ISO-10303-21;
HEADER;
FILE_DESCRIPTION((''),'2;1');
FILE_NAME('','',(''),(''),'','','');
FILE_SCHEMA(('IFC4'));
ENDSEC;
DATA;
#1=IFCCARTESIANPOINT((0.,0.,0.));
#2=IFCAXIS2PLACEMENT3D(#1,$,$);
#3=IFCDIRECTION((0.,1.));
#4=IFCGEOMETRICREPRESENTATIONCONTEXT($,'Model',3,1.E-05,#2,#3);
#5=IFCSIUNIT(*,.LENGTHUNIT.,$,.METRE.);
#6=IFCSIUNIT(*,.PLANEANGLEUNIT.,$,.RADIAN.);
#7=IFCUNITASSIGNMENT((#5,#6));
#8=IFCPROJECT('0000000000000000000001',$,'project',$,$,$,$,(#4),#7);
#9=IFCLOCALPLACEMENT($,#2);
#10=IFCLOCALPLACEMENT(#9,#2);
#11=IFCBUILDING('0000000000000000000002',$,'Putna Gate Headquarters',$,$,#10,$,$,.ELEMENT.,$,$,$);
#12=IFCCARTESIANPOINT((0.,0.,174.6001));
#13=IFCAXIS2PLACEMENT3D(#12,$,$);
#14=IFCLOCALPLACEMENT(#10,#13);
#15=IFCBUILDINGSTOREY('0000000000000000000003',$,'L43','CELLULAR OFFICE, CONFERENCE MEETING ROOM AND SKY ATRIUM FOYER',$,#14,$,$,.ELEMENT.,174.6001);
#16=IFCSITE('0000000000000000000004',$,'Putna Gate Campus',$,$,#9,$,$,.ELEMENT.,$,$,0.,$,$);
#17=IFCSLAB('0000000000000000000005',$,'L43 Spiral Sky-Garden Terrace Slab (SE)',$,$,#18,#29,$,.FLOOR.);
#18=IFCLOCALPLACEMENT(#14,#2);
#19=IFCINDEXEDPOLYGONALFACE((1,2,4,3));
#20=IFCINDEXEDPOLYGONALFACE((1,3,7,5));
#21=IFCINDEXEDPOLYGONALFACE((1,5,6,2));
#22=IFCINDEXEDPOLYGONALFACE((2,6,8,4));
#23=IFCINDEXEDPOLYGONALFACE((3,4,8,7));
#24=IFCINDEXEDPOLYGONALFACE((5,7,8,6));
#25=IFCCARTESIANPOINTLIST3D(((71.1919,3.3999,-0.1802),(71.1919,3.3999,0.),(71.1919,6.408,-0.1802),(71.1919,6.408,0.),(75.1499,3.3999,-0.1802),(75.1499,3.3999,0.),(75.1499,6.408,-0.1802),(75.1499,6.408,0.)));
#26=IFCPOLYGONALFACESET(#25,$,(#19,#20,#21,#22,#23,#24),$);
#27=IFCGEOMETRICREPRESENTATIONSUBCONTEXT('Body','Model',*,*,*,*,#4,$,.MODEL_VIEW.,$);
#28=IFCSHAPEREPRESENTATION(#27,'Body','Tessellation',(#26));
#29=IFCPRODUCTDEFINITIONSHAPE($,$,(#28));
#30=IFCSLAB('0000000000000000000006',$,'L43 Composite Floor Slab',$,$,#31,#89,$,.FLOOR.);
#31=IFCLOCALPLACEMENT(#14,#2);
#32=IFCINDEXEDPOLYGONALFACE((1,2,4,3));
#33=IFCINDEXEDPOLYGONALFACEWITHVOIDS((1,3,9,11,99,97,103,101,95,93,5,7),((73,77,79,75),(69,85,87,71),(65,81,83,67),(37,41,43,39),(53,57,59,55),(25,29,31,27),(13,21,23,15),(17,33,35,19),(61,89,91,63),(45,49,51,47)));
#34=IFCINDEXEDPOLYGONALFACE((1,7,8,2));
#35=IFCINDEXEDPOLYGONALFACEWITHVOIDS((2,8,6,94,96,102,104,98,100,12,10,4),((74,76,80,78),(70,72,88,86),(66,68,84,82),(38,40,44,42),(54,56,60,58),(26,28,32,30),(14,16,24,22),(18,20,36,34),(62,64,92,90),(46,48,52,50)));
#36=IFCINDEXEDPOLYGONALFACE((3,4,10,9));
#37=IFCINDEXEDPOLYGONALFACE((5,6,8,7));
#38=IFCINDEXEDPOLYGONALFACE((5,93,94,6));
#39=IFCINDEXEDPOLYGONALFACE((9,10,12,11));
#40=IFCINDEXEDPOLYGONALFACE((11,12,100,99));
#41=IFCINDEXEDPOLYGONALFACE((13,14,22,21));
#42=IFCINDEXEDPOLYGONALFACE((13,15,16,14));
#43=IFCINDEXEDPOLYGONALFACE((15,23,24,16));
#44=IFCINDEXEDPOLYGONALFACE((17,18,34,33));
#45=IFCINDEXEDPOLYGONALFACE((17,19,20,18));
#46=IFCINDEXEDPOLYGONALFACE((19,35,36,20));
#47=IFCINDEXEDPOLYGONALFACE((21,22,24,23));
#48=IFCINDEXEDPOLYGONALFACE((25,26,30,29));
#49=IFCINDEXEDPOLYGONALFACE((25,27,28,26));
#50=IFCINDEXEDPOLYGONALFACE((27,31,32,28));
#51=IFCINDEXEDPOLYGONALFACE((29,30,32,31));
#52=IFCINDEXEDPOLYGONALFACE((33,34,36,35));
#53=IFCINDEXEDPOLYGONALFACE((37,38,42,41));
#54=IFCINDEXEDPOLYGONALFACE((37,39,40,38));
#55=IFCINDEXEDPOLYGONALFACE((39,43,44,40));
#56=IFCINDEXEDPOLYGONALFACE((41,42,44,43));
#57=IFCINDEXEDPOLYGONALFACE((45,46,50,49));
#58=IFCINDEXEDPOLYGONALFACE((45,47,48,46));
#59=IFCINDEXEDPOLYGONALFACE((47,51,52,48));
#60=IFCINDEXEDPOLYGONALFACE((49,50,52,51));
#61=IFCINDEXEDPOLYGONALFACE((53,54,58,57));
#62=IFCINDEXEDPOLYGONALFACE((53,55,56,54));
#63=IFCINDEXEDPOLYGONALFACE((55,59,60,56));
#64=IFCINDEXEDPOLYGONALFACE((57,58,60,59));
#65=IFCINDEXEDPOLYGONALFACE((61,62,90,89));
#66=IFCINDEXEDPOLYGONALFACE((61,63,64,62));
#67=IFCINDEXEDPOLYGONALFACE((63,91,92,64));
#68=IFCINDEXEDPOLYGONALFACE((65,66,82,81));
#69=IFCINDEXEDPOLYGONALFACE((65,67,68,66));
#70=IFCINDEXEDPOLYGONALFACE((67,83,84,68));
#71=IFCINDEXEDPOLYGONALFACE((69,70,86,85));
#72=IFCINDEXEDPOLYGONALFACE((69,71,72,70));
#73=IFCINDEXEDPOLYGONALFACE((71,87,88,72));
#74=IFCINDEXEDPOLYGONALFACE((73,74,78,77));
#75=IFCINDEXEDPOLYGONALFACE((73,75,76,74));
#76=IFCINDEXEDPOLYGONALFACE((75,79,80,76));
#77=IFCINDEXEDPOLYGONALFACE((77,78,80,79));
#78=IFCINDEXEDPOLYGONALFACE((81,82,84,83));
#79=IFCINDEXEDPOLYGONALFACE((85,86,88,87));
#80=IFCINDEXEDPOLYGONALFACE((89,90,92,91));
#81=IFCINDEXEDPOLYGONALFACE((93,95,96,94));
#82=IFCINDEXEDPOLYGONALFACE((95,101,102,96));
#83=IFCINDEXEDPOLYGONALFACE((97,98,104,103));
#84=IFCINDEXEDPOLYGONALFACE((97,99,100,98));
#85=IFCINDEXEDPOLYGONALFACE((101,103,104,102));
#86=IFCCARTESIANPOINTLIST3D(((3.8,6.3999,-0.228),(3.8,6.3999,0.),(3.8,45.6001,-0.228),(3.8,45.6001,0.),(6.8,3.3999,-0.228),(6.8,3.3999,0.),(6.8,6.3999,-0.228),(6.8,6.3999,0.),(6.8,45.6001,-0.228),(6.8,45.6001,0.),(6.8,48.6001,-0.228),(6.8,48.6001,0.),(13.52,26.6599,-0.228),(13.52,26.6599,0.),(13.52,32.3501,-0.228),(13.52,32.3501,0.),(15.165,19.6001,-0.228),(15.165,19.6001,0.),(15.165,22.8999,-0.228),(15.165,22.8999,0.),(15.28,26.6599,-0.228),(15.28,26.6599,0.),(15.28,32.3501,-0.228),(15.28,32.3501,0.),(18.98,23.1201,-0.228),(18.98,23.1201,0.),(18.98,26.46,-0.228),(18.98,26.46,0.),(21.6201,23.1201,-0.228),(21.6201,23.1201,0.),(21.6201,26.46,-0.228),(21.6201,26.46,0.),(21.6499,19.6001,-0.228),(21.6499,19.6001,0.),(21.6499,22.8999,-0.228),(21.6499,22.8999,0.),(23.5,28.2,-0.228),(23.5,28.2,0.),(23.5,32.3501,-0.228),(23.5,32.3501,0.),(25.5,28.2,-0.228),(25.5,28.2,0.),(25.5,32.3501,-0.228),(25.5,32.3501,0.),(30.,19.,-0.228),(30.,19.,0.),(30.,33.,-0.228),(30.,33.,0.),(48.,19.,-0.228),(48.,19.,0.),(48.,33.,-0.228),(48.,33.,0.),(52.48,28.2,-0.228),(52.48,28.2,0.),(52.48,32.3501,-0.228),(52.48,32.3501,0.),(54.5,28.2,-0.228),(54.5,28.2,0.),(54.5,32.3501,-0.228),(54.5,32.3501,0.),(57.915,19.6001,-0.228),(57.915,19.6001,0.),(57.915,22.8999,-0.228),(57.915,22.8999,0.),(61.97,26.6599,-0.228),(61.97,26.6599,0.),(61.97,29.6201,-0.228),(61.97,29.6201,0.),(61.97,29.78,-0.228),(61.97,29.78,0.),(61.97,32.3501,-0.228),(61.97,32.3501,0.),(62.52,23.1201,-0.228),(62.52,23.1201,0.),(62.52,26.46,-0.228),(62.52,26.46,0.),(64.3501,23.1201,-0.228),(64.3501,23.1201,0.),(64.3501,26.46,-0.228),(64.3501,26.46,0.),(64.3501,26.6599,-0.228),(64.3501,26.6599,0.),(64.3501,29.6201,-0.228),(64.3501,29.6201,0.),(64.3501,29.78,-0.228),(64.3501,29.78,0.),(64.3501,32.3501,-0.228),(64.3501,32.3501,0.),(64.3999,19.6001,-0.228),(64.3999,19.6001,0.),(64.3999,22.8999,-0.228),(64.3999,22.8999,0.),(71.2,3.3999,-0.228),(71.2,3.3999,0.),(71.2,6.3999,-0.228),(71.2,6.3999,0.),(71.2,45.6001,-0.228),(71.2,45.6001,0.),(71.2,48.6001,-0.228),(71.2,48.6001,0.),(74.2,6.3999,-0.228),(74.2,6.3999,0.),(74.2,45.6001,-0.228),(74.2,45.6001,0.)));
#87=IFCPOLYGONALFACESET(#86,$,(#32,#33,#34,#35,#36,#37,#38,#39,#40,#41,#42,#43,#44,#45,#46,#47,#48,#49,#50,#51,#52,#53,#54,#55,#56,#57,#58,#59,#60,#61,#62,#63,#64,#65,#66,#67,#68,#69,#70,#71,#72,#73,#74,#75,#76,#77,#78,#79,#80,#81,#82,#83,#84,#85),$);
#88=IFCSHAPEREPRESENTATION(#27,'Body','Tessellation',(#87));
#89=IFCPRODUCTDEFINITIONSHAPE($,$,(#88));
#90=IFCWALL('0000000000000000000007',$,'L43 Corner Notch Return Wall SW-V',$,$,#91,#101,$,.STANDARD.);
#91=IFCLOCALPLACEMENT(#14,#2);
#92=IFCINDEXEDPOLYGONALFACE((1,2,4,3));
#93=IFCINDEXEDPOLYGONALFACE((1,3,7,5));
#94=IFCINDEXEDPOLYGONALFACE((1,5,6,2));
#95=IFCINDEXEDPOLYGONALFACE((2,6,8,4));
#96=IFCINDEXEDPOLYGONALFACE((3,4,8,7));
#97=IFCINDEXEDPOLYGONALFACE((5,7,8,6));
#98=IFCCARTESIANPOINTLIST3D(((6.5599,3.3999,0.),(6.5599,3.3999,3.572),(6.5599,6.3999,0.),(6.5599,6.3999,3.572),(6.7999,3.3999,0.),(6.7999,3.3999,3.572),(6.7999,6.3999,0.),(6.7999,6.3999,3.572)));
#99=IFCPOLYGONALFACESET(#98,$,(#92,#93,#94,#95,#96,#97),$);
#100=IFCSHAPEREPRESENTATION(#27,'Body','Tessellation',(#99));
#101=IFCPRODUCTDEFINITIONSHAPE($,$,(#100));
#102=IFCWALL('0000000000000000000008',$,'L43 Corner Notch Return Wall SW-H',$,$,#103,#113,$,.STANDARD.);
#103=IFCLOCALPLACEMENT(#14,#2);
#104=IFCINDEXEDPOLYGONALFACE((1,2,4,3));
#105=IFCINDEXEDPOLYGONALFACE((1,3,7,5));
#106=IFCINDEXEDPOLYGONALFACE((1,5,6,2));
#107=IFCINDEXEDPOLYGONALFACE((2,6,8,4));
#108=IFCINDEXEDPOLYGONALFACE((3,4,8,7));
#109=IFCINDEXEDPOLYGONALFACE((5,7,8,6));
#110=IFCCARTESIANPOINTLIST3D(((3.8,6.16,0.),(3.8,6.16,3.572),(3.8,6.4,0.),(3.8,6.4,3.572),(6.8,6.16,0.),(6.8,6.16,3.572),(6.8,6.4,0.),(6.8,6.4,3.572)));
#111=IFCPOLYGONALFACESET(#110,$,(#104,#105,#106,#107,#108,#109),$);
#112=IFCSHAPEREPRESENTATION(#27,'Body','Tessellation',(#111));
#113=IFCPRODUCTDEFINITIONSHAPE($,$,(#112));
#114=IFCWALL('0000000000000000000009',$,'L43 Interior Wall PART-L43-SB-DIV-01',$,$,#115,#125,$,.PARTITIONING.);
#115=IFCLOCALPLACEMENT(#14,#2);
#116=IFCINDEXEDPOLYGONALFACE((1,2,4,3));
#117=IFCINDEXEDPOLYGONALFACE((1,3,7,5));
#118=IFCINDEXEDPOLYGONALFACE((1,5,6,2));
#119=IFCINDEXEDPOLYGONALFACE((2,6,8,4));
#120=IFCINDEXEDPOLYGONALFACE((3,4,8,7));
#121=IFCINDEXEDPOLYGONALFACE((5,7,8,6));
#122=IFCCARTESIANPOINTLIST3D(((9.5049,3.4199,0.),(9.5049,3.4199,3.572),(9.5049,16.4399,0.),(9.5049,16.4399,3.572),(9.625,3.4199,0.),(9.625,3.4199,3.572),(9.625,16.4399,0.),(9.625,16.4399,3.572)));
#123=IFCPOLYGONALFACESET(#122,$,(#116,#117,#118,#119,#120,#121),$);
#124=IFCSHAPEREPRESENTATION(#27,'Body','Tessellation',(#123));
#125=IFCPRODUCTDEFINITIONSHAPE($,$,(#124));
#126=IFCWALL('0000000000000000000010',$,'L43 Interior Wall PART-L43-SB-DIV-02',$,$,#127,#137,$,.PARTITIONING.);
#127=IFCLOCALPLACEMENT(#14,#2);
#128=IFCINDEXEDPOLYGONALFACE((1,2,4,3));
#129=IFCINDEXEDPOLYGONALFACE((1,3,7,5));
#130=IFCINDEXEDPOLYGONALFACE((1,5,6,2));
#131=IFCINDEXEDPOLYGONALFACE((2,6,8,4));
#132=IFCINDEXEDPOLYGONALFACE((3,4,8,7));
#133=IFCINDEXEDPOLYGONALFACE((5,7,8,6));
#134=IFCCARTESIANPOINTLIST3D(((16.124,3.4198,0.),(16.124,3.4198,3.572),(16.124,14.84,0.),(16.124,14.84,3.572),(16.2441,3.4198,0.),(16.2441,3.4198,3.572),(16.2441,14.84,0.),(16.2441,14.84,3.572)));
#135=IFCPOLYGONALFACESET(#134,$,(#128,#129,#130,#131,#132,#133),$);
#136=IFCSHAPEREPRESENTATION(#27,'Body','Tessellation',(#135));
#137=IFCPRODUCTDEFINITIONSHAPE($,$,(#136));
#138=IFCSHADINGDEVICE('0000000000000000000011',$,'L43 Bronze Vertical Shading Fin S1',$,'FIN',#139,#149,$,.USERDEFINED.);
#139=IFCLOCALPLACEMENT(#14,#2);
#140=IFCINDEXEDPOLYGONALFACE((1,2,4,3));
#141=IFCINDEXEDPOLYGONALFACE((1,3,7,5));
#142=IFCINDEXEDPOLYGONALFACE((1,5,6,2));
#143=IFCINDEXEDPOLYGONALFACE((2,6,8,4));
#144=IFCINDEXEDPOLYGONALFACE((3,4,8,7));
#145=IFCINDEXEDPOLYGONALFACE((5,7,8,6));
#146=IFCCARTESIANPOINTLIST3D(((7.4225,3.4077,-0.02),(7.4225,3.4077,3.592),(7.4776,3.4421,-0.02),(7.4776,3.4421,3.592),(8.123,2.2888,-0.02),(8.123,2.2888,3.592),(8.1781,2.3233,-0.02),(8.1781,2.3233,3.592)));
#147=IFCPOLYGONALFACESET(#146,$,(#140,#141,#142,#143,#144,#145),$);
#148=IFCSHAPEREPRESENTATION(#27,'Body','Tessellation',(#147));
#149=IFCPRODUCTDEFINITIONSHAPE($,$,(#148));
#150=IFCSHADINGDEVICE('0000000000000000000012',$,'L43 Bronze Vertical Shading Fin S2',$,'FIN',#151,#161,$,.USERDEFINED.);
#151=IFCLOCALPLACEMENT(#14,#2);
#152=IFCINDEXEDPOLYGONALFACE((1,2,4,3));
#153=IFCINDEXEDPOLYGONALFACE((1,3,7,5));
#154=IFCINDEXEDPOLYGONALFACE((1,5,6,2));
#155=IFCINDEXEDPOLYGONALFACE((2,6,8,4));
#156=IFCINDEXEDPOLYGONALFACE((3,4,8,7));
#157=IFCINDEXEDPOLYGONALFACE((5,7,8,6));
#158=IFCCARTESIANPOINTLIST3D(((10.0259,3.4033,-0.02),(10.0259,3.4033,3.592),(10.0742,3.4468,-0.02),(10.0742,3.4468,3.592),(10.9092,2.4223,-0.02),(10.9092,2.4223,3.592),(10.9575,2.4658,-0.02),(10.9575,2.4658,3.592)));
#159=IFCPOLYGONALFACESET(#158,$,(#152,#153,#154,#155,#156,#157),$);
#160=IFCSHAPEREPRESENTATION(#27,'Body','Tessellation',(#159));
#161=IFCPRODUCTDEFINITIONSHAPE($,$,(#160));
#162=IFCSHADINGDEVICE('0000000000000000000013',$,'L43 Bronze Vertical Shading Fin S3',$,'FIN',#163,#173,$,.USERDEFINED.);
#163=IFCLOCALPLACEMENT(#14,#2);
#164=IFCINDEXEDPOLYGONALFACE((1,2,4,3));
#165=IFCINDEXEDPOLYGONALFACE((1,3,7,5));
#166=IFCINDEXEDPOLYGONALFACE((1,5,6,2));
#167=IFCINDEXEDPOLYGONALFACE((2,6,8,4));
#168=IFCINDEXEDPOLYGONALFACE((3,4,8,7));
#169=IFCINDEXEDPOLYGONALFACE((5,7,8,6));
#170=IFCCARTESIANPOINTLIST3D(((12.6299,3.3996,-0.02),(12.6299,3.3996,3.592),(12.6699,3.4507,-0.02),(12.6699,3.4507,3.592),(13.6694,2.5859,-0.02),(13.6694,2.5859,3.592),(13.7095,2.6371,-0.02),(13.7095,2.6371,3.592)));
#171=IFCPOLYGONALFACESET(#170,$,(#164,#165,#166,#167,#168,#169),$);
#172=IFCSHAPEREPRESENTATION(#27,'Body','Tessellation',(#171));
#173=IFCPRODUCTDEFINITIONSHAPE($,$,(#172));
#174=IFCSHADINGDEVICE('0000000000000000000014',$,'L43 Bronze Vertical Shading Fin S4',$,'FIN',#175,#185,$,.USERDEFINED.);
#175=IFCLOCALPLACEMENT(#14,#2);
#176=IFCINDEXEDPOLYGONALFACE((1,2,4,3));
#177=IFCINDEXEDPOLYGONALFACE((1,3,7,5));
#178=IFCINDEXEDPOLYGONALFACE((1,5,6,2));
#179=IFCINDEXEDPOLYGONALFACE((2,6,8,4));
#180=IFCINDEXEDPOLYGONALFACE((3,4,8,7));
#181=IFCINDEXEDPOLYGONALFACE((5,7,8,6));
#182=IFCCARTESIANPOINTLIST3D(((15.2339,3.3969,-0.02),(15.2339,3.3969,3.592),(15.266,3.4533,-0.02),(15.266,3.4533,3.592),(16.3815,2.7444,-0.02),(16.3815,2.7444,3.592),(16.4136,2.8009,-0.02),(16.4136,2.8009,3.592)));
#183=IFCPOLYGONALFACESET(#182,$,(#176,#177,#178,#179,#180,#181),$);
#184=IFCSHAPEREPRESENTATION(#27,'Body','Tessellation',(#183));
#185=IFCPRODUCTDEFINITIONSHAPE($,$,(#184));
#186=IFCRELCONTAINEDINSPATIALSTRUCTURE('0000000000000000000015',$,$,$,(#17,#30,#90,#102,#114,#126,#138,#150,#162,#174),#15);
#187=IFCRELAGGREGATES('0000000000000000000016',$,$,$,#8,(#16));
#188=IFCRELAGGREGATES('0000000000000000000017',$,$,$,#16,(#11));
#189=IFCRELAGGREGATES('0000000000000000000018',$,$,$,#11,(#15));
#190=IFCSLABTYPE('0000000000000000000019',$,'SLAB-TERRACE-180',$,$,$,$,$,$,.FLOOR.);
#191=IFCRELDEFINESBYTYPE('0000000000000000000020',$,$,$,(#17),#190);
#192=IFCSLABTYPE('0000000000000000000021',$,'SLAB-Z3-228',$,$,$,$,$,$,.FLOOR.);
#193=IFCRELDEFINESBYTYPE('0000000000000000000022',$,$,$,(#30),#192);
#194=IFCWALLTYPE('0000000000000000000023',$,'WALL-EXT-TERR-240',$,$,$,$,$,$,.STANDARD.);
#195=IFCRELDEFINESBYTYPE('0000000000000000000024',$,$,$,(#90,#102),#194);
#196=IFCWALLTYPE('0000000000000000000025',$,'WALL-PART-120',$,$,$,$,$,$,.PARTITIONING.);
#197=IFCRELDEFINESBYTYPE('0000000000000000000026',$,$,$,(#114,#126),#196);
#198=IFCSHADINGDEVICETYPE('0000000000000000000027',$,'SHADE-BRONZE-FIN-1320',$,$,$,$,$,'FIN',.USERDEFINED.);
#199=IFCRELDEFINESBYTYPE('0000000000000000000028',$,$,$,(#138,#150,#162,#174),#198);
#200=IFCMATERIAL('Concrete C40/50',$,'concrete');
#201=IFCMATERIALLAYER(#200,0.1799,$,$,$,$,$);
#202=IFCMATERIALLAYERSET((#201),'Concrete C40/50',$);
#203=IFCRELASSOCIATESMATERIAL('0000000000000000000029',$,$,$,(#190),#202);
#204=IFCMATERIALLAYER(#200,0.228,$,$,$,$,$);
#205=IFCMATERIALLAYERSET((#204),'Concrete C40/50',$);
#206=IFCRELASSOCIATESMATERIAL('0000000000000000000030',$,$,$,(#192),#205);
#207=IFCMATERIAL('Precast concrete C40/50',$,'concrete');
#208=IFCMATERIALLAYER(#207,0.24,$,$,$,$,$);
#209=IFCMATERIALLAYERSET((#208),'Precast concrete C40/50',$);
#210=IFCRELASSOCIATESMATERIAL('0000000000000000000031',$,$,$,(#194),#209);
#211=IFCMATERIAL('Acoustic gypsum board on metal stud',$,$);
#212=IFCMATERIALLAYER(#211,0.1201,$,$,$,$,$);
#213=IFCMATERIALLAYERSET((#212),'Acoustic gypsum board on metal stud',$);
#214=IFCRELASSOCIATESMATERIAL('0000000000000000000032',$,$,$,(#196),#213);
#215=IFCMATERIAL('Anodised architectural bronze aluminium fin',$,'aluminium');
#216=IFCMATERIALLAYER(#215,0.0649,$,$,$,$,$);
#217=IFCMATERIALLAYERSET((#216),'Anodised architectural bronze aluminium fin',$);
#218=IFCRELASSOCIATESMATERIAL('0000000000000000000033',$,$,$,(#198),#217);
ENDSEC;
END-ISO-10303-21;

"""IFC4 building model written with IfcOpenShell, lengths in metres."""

from ifc_helpers import new_model, si_unit, direction, frame, frame_2d, origin, origin_2d, place, context, subcontext, project, spatial, polyline, rectangle, outline, extrude, material, layer, layer_set, type_object, element, save


model = new_model("IFC4")

# Units and contexts
model_context = context("Model", 3, precision=1e-05, world=origin(), true_north=direction((0.0, 1.0)))
body_context = subcontext(model_context, "Body", "Model", "MODEL_VIEW")
ifc_project = project(units=[si_unit("LENGTHUNIT", "METRE"), si_unit("PLANEANGLEUNIT", "RADIAN")], contexts=[model_context])

# Site, building, storey
site_placement = place(None, origin())
site = spatial("IfcSite", under=ifc_project, at=site_placement, Name="Putna Gate Campus", CompositionType="ELEMENT", RefElevation=0.0)
building_placement = place(site_placement, origin())
building = spatial("IfcBuilding", under=site, at=building_placement, Name="Putna Gate Headquarters", CompositionType="ELEMENT")
storey_placement = place(building_placement, frame((0.0, 0.0, 174.6001)))
storey = spatial("IfcBuildingStorey", under=building, at=storey_placement, Name="L43", Description="CELLULAR OFFICE, CONFERENCE MEETING ROOM AND SKY ATRIUM FOYER", CompositionType="ELEMENT", Elevation=174.6001)

# Shared definitions
ifc_material_1 = material(Name="Concrete C40/50", Category="concrete")

# Slabs
ifc_layer_1 = layer(ifc_material_1, 0.1799)
ifc_layer_set_1 = layer_set([ifc_layer_1], Name="Concrete C40/50")
slab_type_1 = type_object("IfcSlabType", Name="SLAB-TERRACE-180", PredefinedType="FLOOR", material=ifc_layer_set_1)
slab_1_placement = place(storey_placement, frame((0.0, 0.0, -0.1802)))
element("IfcSlab", 1, at=slab_1_placement, inside=storey, type_object=slab_type_1, Name="L43 Spiral Sky-Garden Terrace Slab (SE)", PredefinedType="FLOOR", context=body_context, shape_type="SweptSolid", body=[
    extrude(outline(polyline([(71.1919, 3.3999), (75.1499, 3.3999), (75.1499, 6.408), (71.1919, 6.408), (71.1919, 3.3999)])), origin(), (0.0, 0.0, 1.0), 0.1802),
])
ifc_layer_2 = layer(ifc_material_1, 0.228)
ifc_layer_set_2 = layer_set([ifc_layer_2], Name="Concrete C40/50")
slab_type_2 = type_object("IfcSlabType", Name="SLAB-Z3-228", PredefinedType="FLOOR", material=ifc_layer_set_2)
slab_2_placement = place(storey_placement, frame((0.0, 0.0, -0.228)))
element("IfcSlab", 2, at=slab_2_placement, inside=storey, type_object=slab_type_2, Name="L43 Composite Floor Slab", PredefinedType="FLOOR", context=body_context, shape_type="SweptSolid", body=[
    extrude(outline(polyline([(6.8, 3.3999), (71.2, 3.3999), (71.2, 6.3999), (74.2, 6.3999), (74.2, 45.6001), (71.2, 45.6001), (71.2, 48.6001), (6.8, 48.6001), (6.8, 45.6001), (3.8, 45.6001), (3.8, 6.3999), (6.8, 6.3999), (6.8, 3.3999)]), holes=[polyline([(15.165, 19.6001), (21.6499, 19.6001), (21.6499, 22.8999), (15.165, 22.8999), (15.165, 19.6001)]), polyline([(57.915, 19.6001), (64.3999, 19.6001), (64.3999, 22.8999), (57.915, 22.8999), (57.915, 19.6001)]), polyline([(13.52, 26.6599), (15.28, 26.6599), (15.28, 32.3501), (13.52, 32.3501), (13.52, 26.6599)]), polyline([(61.97, 29.78), (64.3501, 29.78), (64.3501, 32.3501), (61.97, 32.3501), (61.97, 29.78)]), polyline([(18.98, 23.1201), (21.6201, 23.1201), (21.6201, 26.46), (18.98, 26.46), (18.98, 23.1201)]), polyline([(62.52, 23.1201), (64.3501, 23.1201), (64.3501, 26.46), (62.52, 26.46), (62.52, 23.1201)]), polyline([(61.97, 26.6599), (64.3501, 26.6599), (64.3501, 29.6201), (61.97, 29.6201), (61.97, 26.6599)]), polyline([(23.5, 28.2), (25.5, 28.2), (25.5, 32.3501), (23.5, 32.3501), (23.5, 28.2)]), polyline([(52.48, 28.2), (54.5, 28.2), (54.5, 32.3501), (52.48, 32.3501), (52.48, 28.2)]), polyline([(30.0, 19.0), (48.0, 19.0), (48.0, 33.0), (30.0, 33.0), (30.0, 19.0)])]), origin(), (0.0, 0.0, 1.0), 0.228),
])

# Walls
ifc_material_2 = material(Name="Precast concrete C40/50", Category="concrete")
ifc_layer_3 = layer(ifc_material_2, 0.24)
ifc_layer_set_3 = layer_set([ifc_layer_3], Name="Precast concrete C40/50")
wall_type_1 = type_object("IfcWallType", Name="WALL-EXT-TERR-240", PredefinedType="STANDARD", material=ifc_layer_set_3)
for number, where, z_axis, x_axis, name in (
    (3, (6.6799, 3.3999, 0.0), (0.0, 0.0, 1.0), (0.0, 1.0, 0.0), "L43 Corner Notch Return Wall SW-V"),
    (4, (6.8, 6.28, 0.0), (0.0, 0.0, 1.0), (-1.0, 0.0, 0.0), "L43 Corner Notch Return Wall SW-H"),
):
    element("IfcWall", number, at=place(storey_placement, frame(where, z_axis=z_axis, x_axis=x_axis)), inside=storey, type_object=wall_type_1, Name=name, PredefinedType="STANDARD", context=body_context, shape_type="SweptSolid", body=[
        extrude(rectangle(XDim=3.0, YDim=0.24, at=frame_2d((1.5, 0.0))), origin(), (0.0, 0.0, 1.0), 3.572),
    ])
ifc_material_3 = material(Name="Acoustic gypsum board on metal stud")
ifc_layer_4 = layer(ifc_material_3, 0.1201)
ifc_layer_set_4 = layer_set([ifc_layer_4], Name="Acoustic gypsum board on metal stud")
wall_type_2 = type_object("IfcWallType", Name="WALL-PART-120", PredefinedType="PARTITIONING", material=ifc_layer_set_4)
wall_1_placement = place(storey_placement, frame((9.5649, 3.4199, 0.0), z_axis=(0.0, 0.0, 1.0), x_axis=(0.0, 1.0, 0.0)))
element("IfcWall", 5, at=wall_1_placement, inside=storey, type_object=wall_type_2, Name="L43 Interior Wall PART-L43-SB-DIV-01", PredefinedType="PARTITIONING", context=body_context, shape_type="SweptSolid", body=[
    extrude(rectangle(XDim=13.02, YDim=0.1201, at=frame_2d((6.51, 0.0))), origin(), (0.0, 0.0, 1.0), 3.572),
])
wall_2_placement = place(storey_placement, frame((16.1841, 3.4199, 0.0), z_axis=(0.0, 0.0, 1.0), x_axis=(0.0, 1.0, 0.0)))
element("IfcWall", 6, at=wall_2_placement, inside=storey, type_object=wall_type_2, Name="L43 Interior Wall PART-L43-SB-DIV-02", PredefinedType="PARTITIONING", context=body_context, shape_type="SweptSolid", body=[
    extrude(rectangle(XDim=11.4202, YDim=0.1201, at=frame_2d((5.71, 0.0))), origin(), (0.0, 0.0, 1.0), 3.572),
])

# Shading devices
ifc_material_4 = material(Name="Anodised architectural bronze aluminium fin", Category="aluminium")
ifc_layer_5 = layer(ifc_material_4, 0.0649)
ifc_layer_set_5 = layer_set([ifc_layer_5], Name="Anodised architectural bronze aluminium fin")
shading_device_type = type_object("IfcShadingDeviceType", Name="SHADE-BRONZE-FIN-1320", ElementType="FIN", PredefinedType="USERDEFINED", material=ifc_layer_set_5)
for number, where, z_axis, x_axis, name in (
    (7, (7.8003, 2.8655, -0.02), (0.0, 0.0, 1.0), (0.530659, -0.847585, 0.0), "L43 Bronze Vertical Shading Fin S1"),
    (8, (10.4917, 2.9346, -0.02), (0.0, 0.0, 1.0), (0.669131, -0.743145, 0.0), "L43 Bronze Vertical Shading Fin S2"),
    (9, (13.1697, 3.0183, -0.02), (0.0, 0.0, 1.0), (0.787473, -0.616349, 0.0), "L43 Bronze Vertical Shading Fin S3"),
    (10, (15.8237, 3.0989, -0.02), (0.0, 0.0, 1.0), (0.869322, -0.494245, 0.0), "L43 Bronze Vertical Shading Fin S4"),
):
    element("IfcShadingDevice", number, at=place(storey_placement, frame(where, z_axis=z_axis, x_axis=x_axis)), inside=storey, type_object=shading_device_type, Name=name, ObjectType="FIN", PredefinedType="USERDEFINED", context=body_context, shape_type="SweptSolid", body=[
        extrude(rectangle(XDim=1.3201, YDim=0.0649, at=origin_2d()), origin(), (0.0, 0.0, 1.0), 3.6121),
    ])

save(model, "model.ifc")
